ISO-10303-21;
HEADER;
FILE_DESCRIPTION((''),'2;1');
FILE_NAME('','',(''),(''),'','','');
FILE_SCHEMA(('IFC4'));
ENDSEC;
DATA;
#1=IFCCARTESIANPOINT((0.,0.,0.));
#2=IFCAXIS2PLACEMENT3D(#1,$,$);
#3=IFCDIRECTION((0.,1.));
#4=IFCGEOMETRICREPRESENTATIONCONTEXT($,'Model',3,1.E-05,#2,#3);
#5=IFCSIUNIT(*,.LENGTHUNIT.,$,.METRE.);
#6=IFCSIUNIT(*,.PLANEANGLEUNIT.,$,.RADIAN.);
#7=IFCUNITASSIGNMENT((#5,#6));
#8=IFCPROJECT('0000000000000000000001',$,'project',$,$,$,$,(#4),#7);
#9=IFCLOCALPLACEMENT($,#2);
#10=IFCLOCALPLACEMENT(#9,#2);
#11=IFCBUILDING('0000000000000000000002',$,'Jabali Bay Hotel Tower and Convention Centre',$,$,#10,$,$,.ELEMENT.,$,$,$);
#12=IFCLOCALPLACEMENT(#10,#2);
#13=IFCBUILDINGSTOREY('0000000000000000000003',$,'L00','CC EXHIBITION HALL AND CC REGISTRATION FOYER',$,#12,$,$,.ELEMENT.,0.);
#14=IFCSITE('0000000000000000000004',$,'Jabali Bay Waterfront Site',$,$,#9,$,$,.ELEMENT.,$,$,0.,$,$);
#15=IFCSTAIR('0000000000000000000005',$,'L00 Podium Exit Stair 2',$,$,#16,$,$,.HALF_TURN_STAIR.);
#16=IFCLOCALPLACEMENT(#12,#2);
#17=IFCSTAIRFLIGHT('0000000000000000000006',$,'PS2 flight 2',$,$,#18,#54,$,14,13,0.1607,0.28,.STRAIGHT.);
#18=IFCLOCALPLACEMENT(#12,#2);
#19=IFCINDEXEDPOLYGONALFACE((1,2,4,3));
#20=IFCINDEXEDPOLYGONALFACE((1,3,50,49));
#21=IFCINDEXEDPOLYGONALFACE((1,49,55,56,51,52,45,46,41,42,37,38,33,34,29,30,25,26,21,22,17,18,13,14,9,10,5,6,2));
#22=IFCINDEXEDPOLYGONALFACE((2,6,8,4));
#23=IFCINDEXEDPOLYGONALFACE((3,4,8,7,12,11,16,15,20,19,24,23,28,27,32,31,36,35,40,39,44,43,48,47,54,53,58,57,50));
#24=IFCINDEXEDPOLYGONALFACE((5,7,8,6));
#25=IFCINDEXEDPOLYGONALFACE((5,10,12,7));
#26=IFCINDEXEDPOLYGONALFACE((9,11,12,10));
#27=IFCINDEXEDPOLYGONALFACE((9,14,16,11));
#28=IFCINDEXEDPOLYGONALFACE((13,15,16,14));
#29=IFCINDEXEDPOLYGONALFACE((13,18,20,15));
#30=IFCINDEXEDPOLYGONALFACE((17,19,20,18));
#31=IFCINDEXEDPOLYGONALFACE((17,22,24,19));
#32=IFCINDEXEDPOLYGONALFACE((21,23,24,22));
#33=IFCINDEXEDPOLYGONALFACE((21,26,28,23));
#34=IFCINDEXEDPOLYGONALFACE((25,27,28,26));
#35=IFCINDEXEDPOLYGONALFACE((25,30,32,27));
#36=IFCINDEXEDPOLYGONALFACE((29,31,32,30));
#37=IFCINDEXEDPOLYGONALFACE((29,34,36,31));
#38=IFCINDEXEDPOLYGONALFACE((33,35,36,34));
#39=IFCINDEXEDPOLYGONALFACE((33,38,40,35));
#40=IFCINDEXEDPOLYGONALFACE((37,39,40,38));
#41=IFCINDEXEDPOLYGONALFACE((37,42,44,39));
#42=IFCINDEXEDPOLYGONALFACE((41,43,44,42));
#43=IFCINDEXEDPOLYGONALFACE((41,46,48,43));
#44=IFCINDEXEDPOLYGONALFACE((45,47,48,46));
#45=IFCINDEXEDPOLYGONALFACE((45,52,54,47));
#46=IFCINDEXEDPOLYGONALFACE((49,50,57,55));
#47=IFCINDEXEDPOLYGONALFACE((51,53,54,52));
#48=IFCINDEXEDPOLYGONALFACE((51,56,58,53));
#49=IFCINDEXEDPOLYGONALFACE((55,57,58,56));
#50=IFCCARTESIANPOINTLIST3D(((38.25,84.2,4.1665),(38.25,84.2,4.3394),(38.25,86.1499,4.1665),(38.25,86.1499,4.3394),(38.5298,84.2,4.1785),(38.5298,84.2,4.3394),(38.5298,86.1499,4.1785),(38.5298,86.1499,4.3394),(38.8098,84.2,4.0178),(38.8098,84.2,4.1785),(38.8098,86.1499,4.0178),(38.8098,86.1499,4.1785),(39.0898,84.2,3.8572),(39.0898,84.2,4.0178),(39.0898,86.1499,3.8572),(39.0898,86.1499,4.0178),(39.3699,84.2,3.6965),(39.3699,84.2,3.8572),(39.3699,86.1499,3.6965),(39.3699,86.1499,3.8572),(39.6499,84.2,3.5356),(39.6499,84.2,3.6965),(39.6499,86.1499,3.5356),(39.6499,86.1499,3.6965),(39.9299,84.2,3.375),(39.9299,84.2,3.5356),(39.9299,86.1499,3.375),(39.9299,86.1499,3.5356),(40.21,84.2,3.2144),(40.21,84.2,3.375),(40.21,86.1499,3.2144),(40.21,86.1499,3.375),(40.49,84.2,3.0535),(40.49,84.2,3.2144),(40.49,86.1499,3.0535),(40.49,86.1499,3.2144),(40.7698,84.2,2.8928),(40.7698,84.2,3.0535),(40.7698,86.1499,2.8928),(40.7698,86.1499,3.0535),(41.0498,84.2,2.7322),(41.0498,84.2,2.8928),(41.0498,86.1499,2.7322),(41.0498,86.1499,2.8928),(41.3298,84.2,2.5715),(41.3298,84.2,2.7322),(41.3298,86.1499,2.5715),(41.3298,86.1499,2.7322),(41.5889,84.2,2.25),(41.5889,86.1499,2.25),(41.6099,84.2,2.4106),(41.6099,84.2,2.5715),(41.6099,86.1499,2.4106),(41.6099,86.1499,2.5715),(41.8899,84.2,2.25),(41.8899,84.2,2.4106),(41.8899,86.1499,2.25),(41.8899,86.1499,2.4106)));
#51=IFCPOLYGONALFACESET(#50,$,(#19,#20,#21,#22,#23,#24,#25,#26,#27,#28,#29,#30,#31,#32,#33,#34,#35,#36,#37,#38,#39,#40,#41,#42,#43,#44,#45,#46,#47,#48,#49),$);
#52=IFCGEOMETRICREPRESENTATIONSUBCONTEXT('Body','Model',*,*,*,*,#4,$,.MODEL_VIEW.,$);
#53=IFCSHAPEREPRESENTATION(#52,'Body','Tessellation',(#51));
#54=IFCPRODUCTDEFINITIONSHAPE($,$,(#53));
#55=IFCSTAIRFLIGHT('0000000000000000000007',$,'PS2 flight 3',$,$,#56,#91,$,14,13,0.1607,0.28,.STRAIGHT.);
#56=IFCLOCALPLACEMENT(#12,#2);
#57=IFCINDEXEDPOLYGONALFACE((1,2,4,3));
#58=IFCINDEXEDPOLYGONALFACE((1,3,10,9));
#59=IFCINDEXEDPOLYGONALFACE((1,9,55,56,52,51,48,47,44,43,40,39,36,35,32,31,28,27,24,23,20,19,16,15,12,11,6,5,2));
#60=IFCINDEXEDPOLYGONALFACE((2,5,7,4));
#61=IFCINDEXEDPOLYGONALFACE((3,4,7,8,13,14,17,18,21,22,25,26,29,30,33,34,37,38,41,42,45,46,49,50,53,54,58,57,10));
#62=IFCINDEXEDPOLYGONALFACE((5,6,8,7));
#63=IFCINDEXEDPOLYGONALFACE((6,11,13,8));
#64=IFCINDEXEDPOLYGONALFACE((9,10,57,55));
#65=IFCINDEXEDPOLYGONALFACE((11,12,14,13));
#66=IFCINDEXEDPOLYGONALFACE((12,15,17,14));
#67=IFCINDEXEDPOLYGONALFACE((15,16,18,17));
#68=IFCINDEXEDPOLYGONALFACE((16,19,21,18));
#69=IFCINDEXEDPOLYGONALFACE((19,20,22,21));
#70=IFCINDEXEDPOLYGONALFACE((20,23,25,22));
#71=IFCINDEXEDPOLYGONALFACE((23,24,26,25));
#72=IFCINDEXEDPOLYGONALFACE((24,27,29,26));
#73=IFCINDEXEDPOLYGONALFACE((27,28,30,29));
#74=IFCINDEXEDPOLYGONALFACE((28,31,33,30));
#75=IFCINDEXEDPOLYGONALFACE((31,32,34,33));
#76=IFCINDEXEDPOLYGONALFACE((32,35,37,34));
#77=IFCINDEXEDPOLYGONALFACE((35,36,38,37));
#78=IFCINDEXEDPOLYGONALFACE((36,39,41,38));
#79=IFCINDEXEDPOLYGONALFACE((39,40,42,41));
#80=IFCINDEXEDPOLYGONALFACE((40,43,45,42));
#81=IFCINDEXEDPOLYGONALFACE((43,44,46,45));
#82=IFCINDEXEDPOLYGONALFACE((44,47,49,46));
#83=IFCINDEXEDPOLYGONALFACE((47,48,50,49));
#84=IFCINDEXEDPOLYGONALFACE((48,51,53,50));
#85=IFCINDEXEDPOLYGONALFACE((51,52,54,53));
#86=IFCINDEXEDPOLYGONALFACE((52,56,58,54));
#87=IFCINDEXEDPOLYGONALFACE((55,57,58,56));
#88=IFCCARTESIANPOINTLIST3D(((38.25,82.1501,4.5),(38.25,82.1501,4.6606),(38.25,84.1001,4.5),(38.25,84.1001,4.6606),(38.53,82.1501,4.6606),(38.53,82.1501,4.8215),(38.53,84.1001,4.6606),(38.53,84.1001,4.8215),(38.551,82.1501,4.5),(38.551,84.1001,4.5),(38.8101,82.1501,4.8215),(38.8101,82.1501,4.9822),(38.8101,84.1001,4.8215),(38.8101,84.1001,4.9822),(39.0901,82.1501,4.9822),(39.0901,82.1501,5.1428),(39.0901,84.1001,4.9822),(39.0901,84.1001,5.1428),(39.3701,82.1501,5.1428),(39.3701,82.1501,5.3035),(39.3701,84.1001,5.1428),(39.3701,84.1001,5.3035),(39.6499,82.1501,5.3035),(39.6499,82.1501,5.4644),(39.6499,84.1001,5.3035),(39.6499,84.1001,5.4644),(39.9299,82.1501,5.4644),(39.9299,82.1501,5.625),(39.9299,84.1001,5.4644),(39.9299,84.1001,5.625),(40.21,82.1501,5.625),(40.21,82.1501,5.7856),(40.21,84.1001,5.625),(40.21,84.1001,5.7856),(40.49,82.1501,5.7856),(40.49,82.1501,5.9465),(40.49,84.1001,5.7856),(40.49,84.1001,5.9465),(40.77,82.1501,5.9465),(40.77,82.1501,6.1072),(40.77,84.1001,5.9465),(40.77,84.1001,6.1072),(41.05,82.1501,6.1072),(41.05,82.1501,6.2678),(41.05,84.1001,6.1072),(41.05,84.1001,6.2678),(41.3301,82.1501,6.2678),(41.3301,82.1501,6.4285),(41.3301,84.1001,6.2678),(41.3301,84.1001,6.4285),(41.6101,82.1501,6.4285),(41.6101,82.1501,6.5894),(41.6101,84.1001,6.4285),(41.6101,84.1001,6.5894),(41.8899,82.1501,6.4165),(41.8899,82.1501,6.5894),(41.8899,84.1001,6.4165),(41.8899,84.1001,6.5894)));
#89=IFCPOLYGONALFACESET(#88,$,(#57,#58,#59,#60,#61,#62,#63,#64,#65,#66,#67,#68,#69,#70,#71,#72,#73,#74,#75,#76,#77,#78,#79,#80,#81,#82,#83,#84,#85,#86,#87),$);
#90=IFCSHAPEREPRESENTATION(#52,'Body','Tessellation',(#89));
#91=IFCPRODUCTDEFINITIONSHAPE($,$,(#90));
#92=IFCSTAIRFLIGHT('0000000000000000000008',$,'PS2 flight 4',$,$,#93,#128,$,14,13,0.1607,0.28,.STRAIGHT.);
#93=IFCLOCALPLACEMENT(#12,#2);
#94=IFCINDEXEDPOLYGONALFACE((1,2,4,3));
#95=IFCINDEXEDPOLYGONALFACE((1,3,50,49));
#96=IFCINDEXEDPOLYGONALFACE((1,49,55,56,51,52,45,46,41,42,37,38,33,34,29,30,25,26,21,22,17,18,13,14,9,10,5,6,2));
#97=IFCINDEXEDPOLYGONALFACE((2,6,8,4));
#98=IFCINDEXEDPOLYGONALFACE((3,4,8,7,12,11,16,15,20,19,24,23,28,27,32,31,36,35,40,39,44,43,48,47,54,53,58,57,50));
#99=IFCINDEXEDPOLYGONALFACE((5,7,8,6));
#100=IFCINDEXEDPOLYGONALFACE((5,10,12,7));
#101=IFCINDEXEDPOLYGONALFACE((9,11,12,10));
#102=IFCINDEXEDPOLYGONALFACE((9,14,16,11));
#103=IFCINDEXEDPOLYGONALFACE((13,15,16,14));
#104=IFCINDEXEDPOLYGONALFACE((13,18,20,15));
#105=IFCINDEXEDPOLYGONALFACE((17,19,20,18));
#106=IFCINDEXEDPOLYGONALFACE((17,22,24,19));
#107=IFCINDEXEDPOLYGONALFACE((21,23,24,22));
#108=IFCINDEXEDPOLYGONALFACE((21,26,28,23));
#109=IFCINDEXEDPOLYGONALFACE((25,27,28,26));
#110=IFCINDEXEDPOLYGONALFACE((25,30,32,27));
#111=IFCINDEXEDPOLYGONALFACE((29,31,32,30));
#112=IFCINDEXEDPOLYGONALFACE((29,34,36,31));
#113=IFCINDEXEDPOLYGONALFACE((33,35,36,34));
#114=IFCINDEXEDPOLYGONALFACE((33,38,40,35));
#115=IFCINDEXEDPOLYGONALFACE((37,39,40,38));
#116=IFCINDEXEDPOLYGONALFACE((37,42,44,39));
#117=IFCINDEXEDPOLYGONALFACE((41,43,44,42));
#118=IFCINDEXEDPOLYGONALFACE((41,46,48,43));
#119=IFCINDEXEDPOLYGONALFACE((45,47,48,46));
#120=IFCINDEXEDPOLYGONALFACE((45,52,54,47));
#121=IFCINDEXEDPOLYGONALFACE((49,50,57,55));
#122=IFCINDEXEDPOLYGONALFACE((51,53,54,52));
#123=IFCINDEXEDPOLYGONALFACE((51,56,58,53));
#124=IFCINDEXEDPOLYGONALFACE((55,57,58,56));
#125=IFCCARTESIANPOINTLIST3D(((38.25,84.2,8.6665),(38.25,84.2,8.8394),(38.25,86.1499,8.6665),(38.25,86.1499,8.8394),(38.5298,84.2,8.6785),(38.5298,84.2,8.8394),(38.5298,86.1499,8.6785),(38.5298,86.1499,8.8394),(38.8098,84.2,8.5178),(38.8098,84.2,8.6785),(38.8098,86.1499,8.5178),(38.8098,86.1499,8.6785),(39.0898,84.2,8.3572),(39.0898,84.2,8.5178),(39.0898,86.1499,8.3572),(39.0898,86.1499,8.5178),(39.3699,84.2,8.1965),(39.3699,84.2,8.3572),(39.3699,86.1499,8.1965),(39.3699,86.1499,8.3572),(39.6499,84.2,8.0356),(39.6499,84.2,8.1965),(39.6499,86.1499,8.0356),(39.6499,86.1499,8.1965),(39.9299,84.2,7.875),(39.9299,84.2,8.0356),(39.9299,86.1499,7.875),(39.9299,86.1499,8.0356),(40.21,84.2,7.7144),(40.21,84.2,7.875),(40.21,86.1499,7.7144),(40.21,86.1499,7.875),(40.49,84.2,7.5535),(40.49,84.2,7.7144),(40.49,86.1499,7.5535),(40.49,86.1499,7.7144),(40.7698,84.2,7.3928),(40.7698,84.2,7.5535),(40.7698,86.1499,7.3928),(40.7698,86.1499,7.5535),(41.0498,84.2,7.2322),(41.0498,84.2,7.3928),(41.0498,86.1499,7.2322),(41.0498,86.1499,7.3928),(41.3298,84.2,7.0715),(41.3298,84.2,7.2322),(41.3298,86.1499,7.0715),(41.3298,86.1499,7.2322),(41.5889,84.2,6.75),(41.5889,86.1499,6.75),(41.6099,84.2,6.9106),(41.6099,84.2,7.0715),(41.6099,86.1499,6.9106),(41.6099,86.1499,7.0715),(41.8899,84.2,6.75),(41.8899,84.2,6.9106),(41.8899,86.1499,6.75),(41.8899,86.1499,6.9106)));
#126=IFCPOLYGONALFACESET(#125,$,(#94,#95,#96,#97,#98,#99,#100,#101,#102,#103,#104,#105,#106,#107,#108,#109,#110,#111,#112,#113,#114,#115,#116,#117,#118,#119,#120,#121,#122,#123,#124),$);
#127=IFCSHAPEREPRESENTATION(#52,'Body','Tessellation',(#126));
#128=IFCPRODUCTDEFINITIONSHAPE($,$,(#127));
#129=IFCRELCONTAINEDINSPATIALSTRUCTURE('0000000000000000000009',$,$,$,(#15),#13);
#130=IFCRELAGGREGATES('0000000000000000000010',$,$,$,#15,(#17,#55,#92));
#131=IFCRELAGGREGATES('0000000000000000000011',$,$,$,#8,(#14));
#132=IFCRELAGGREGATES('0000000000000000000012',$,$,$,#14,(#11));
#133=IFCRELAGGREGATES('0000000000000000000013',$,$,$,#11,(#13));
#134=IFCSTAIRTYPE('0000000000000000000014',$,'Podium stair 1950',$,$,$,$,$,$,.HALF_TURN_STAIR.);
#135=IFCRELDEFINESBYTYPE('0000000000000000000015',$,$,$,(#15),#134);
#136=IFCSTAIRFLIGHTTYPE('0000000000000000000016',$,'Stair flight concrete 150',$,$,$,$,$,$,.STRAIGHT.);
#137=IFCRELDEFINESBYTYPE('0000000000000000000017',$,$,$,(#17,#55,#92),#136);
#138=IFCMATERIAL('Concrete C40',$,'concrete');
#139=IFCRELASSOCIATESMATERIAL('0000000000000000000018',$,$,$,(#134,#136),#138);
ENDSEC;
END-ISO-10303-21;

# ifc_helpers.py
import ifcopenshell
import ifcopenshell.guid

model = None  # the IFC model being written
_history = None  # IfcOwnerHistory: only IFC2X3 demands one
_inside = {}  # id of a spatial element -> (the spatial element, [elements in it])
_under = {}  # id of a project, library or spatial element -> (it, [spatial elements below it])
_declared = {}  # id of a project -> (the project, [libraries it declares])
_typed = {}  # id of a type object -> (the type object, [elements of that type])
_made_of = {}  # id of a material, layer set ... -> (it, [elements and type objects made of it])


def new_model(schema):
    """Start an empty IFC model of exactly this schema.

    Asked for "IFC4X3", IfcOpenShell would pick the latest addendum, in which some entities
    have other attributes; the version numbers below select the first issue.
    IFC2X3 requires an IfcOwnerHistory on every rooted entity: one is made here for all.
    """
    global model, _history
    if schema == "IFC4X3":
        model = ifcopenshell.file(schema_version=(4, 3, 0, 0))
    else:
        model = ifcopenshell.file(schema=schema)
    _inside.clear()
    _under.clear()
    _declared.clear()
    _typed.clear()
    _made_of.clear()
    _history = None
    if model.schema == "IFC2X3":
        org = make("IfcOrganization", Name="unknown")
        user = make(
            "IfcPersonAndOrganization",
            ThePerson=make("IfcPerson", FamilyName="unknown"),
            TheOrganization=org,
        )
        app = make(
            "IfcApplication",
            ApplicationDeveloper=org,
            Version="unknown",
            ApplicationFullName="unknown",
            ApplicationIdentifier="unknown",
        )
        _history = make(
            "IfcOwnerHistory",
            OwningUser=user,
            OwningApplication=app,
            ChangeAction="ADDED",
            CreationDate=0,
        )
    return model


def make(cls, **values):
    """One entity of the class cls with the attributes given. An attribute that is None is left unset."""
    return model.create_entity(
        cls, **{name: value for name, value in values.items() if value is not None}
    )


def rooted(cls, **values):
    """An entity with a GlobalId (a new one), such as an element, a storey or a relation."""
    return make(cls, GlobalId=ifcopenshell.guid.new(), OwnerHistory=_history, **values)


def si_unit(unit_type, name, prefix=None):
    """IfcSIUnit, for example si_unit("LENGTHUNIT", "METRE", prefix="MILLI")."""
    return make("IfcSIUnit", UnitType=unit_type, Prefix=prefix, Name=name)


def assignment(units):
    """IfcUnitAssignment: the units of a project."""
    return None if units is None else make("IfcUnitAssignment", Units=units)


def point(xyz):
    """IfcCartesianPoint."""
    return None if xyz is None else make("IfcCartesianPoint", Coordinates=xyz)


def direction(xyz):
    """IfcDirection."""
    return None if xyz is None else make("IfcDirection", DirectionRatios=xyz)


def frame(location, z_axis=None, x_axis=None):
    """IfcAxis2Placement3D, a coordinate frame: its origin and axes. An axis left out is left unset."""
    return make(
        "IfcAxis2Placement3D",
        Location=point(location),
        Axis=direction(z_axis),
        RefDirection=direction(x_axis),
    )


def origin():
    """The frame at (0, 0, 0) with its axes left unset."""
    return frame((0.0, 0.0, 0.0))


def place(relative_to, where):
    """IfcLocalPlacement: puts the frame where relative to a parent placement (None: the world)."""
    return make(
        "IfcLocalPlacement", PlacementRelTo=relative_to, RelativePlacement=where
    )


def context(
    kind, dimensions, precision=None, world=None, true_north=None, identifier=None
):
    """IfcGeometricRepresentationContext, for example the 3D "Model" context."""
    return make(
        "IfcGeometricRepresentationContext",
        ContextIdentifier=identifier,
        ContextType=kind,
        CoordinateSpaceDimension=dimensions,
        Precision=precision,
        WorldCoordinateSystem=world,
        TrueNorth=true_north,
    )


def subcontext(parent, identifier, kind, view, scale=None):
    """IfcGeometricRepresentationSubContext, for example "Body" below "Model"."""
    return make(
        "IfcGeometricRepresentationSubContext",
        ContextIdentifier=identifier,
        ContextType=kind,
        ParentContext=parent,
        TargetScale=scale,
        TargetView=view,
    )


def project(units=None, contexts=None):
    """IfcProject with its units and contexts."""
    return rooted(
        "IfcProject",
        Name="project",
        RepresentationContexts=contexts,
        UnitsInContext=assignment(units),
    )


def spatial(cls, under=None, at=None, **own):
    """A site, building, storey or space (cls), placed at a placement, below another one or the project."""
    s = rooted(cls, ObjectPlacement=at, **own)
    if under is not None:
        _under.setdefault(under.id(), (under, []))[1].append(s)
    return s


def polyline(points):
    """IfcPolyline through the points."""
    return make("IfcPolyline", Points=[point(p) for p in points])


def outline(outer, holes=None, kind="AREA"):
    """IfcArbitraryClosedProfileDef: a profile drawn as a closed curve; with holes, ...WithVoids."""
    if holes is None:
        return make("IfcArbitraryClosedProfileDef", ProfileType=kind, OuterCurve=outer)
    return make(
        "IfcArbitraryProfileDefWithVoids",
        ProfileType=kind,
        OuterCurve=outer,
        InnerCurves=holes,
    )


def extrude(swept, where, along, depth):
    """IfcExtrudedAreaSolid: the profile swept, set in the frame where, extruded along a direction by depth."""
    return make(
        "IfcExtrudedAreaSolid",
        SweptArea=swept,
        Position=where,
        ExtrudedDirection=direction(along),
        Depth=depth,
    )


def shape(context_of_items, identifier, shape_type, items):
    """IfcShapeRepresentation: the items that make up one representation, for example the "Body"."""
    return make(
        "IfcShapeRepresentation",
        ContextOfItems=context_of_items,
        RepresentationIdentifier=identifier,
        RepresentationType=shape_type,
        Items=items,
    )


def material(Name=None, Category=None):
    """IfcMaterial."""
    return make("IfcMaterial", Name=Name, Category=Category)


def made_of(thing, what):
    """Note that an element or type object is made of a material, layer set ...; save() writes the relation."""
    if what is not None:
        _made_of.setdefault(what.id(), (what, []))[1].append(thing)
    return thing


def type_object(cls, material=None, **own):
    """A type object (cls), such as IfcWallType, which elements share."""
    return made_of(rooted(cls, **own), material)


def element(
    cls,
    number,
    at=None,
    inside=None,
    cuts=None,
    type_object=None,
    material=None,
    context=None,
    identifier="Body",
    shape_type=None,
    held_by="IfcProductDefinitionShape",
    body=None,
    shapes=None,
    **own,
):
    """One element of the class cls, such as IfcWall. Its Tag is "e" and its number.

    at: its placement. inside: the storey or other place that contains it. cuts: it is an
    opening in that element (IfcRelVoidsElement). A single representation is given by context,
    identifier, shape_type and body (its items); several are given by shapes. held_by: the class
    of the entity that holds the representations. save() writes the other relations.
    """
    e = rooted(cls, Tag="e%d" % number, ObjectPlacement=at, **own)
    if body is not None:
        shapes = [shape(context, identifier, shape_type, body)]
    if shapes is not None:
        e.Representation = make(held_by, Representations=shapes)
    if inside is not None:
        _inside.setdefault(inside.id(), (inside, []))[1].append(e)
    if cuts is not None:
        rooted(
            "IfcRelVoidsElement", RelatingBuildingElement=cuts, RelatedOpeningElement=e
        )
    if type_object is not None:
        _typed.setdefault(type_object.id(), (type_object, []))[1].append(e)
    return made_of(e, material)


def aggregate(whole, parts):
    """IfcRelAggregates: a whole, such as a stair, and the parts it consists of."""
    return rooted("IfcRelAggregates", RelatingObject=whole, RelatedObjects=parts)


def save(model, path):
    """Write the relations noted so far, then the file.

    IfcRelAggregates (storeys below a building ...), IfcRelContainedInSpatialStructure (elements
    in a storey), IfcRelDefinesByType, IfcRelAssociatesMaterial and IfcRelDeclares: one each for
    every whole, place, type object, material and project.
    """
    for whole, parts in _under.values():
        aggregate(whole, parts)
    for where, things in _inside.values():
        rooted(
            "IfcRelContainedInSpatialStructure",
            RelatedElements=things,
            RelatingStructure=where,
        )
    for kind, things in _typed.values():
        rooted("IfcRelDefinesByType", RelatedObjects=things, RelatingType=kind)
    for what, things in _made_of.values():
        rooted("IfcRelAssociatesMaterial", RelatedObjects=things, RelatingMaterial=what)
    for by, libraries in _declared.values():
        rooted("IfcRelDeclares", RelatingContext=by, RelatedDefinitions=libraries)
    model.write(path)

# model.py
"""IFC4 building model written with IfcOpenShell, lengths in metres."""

from ifc_helpers import new_model, si_unit, direction, frame, origin, place, context, subcontext, project, spatial, polyline, outline, extrude, material, type_object, element, aggregate, save


model = new_model("IFC4")

# Units and contexts
model_context = context("Model", 3, precision=1e-05, world=origin(), true_north=direction((0.0, 1.0)))
body_context = subcontext(model_context, "Body", "Model", "MODEL_VIEW")
ifc_project = project(units=[si_unit("LENGTHUNIT", "METRE"), si_unit("PLANEANGLEUNIT", "RADIAN")], contexts=[model_context])

# Site, building, storey
site_placement = place(None, origin())
site = spatial("IfcSite", under=ifc_project, at=site_placement, Name="Jabali Bay Waterfront Site", CompositionType="ELEMENT", RefElevation=0.0)
building_placement = place(site_placement, origin())
building = spatial("IfcBuilding", under=site, at=building_placement, Name="Jabali Bay Hotel Tower and Convention Centre", CompositionType="ELEMENT")
storey_placement = place(building_placement, origin())
storey = spatial("IfcBuildingStorey", under=building, at=storey_placement, Name="L00", Description="CC EXHIBITION HALL AND CC REGISTRATION FOYER", CompositionType="ELEMENT", Elevation=0.0)

# Shared definitions
ifc_material_1 = material(Name="Concrete C40", Category="concrete")

# Stair, stair flights
stair_type = type_object("IfcStairType", Name="Podium stair 1950", PredefinedType="HALF_TURN_STAIR", material=ifc_material_1)
stair_placement = place(storey_placement, origin())
stair = element("IfcStair", 1, at=stair_placement, inside=storey, type_object=stair_type, Name="L00 Podium Exit Stair 2", PredefinedType="HALF_TURN_STAIR")
stair_flight_type = type_object("IfcStairFlightType", Name="Stair flight concrete 150", PredefinedType="STRAIGHT", material=ifc_material_1)
stair_flight_1_placement = place(storey_placement, frame((41.8899, 85.175, 2.25), z_axis=(0.0, 0.0, 1.0), x_axis=(-1.0, 0.0, 0.0)))
stair_flight_1 = element("IfcStairFlight", 2, at=stair_flight_1_placement, type_object=stair_flight_type, Name="PS2 flight 2", NumberOfRisers=14, NumberOfTreads=13, PredefinedType="STRAIGHT", RiserHeight=0.1607, TreadLength=0.28, context=body_context, shape_type="SweptSolid", body=[
    extrude(outline(polyline([(0.0, 0.0), (0.0, 0.1606), (0.28, 0.1606), (0.28, 0.3215), (0.5601, 0.3215), (0.5601, 0.4822), (0.8401, 0.4822), (0.8401, 0.6428), (1.1201, 0.6428), (1.1201, 0.8035), (1.3999, 0.8035), (1.3999, 0.9644), (1.6799, 0.9644), (1.6799, 1.125), (1.96, 1.125), (1.96, 1.2856), (2.24, 1.2856), (2.24, 1.4465), (2.52, 1.4465), (2.52, 1.6072), (2.8, 1.6072), (2.8, 1.7678), (3.0801, 1.7678), (3.0801, 1.9285), (3.3601, 1.9285), (3.3601, 2.0894), (3.6399, 2.0894), (3.6399, 2.25), (3.6399, 1.9165), (0.301, 0.0), (0.0, 0.0)])), frame((0.0, 0.9751, 0.0), z_axis=(0.0, -1.0, 0.0), x_axis=(1.0, 0.0, 0.0)), (0.0, 0.0, 1.0), 1.95),
])
stair_flight_2_placement = place(storey_placement, frame((38.25, 83.125, 4.5), z_axis=(0.0, 0.0, 1.0), x_axis=(1.0, 0.0, 0.0)))
stair_flight_2 = element("IfcStairFlight", 3, at=stair_flight_2_placement, type_object=stair_flight_type, Name="PS2 flight 3", NumberOfRisers=14, NumberOfTreads=13, PredefinedType="STRAIGHT", RiserHeight=0.1607, TreadLength=0.28, context=body_context, shape_type="SweptSolid", body=[
    extrude(outline(polyline([(0.0, 0.0), (0.0, 0.1606), (0.28, 0.1606), (0.28, 0.3215), (0.5601, 0.3215), (0.5601, 0.4822), (0.8401, 0.4822), (0.8401, 0.6428), (1.1201, 0.6428), (1.1201, 0.8035), (1.3999, 0.8035), (1.3999, 0.9644), (1.6799, 0.9644), (1.6799, 1.125), (1.96, 1.125), (1.96, 1.2856), (2.24, 1.2856), (2.24, 1.4465), (2.52, 1.4465), (2.52, 1.6072), (2.8, 1.6072), (2.8, 1.7678), (3.0801, 1.7678), (3.0801, 1.9285), (3.3601, 1.9285), (3.3601, 2.0894), (3.6399, 2.0894), (3.6399, 2.25), (3.6399, 1.9165), (0.301, 0.0), (0.0, 0.0)])), frame((0.0, 0.9751, 0.0), z_axis=(0.0, -1.0, 0.0), x_axis=(1.0, 0.0, 0.0)), (0.0, 0.0, 1.0), 1.95),
])
stair_flight_3_placement = place(storey_placement, frame((41.8899, 85.175, 6.75), z_axis=(0.0, 0.0, 1.0), x_axis=(-1.0, 0.0, 0.0)))
stair_flight_3 = element("IfcStairFlight", 4, at=stair_flight_3_placement, type_object=stair_flight_type, Name="PS2 flight 4", NumberOfRisers=14, NumberOfTreads=13, PredefinedType="STRAIGHT", RiserHeight=0.1607, TreadLength=0.28, context=body_context, shape_type="SweptSolid", body=[
    extrude(outline(polyline([(0.0, 0.0), (0.0, 0.1606), (0.28, 0.1606), (0.28, 0.3215), (0.5601, 0.3215), (0.5601, 0.4822), (0.8401, 0.4822), (0.8401, 0.6428), (1.1201, 0.6428), (1.1201, 0.8035), (1.3999, 0.8035), (1.3999, 0.9644), (1.6799, 0.9644), (1.6799, 1.125), (1.96, 1.125), (1.96, 1.2856), (2.24, 1.2856), (2.24, 1.4465), (2.52, 1.4465), (2.52, 1.6072), (2.8, 1.6072), (2.8, 1.7678), (3.0801, 1.7678), (3.0801, 1.9285), (3.3601, 1.9285), (3.3601, 2.0894), (3.6399, 2.0894), (3.6399, 2.25), (3.6399, 1.9165), (0.301, 0.0), (0.0, 0.0)])), frame((0.0, 0.9751, 0.0), z_axis=(0.0, -1.0, 0.0), x_axis=(1.0, 0.0, 0.0)), (0.0, 0.0, 1.0), 1.95),
])
aggregate(stair, [stair_flight_1, stair_flight_2, stair_flight_3])

save(model, "model.ifc")
